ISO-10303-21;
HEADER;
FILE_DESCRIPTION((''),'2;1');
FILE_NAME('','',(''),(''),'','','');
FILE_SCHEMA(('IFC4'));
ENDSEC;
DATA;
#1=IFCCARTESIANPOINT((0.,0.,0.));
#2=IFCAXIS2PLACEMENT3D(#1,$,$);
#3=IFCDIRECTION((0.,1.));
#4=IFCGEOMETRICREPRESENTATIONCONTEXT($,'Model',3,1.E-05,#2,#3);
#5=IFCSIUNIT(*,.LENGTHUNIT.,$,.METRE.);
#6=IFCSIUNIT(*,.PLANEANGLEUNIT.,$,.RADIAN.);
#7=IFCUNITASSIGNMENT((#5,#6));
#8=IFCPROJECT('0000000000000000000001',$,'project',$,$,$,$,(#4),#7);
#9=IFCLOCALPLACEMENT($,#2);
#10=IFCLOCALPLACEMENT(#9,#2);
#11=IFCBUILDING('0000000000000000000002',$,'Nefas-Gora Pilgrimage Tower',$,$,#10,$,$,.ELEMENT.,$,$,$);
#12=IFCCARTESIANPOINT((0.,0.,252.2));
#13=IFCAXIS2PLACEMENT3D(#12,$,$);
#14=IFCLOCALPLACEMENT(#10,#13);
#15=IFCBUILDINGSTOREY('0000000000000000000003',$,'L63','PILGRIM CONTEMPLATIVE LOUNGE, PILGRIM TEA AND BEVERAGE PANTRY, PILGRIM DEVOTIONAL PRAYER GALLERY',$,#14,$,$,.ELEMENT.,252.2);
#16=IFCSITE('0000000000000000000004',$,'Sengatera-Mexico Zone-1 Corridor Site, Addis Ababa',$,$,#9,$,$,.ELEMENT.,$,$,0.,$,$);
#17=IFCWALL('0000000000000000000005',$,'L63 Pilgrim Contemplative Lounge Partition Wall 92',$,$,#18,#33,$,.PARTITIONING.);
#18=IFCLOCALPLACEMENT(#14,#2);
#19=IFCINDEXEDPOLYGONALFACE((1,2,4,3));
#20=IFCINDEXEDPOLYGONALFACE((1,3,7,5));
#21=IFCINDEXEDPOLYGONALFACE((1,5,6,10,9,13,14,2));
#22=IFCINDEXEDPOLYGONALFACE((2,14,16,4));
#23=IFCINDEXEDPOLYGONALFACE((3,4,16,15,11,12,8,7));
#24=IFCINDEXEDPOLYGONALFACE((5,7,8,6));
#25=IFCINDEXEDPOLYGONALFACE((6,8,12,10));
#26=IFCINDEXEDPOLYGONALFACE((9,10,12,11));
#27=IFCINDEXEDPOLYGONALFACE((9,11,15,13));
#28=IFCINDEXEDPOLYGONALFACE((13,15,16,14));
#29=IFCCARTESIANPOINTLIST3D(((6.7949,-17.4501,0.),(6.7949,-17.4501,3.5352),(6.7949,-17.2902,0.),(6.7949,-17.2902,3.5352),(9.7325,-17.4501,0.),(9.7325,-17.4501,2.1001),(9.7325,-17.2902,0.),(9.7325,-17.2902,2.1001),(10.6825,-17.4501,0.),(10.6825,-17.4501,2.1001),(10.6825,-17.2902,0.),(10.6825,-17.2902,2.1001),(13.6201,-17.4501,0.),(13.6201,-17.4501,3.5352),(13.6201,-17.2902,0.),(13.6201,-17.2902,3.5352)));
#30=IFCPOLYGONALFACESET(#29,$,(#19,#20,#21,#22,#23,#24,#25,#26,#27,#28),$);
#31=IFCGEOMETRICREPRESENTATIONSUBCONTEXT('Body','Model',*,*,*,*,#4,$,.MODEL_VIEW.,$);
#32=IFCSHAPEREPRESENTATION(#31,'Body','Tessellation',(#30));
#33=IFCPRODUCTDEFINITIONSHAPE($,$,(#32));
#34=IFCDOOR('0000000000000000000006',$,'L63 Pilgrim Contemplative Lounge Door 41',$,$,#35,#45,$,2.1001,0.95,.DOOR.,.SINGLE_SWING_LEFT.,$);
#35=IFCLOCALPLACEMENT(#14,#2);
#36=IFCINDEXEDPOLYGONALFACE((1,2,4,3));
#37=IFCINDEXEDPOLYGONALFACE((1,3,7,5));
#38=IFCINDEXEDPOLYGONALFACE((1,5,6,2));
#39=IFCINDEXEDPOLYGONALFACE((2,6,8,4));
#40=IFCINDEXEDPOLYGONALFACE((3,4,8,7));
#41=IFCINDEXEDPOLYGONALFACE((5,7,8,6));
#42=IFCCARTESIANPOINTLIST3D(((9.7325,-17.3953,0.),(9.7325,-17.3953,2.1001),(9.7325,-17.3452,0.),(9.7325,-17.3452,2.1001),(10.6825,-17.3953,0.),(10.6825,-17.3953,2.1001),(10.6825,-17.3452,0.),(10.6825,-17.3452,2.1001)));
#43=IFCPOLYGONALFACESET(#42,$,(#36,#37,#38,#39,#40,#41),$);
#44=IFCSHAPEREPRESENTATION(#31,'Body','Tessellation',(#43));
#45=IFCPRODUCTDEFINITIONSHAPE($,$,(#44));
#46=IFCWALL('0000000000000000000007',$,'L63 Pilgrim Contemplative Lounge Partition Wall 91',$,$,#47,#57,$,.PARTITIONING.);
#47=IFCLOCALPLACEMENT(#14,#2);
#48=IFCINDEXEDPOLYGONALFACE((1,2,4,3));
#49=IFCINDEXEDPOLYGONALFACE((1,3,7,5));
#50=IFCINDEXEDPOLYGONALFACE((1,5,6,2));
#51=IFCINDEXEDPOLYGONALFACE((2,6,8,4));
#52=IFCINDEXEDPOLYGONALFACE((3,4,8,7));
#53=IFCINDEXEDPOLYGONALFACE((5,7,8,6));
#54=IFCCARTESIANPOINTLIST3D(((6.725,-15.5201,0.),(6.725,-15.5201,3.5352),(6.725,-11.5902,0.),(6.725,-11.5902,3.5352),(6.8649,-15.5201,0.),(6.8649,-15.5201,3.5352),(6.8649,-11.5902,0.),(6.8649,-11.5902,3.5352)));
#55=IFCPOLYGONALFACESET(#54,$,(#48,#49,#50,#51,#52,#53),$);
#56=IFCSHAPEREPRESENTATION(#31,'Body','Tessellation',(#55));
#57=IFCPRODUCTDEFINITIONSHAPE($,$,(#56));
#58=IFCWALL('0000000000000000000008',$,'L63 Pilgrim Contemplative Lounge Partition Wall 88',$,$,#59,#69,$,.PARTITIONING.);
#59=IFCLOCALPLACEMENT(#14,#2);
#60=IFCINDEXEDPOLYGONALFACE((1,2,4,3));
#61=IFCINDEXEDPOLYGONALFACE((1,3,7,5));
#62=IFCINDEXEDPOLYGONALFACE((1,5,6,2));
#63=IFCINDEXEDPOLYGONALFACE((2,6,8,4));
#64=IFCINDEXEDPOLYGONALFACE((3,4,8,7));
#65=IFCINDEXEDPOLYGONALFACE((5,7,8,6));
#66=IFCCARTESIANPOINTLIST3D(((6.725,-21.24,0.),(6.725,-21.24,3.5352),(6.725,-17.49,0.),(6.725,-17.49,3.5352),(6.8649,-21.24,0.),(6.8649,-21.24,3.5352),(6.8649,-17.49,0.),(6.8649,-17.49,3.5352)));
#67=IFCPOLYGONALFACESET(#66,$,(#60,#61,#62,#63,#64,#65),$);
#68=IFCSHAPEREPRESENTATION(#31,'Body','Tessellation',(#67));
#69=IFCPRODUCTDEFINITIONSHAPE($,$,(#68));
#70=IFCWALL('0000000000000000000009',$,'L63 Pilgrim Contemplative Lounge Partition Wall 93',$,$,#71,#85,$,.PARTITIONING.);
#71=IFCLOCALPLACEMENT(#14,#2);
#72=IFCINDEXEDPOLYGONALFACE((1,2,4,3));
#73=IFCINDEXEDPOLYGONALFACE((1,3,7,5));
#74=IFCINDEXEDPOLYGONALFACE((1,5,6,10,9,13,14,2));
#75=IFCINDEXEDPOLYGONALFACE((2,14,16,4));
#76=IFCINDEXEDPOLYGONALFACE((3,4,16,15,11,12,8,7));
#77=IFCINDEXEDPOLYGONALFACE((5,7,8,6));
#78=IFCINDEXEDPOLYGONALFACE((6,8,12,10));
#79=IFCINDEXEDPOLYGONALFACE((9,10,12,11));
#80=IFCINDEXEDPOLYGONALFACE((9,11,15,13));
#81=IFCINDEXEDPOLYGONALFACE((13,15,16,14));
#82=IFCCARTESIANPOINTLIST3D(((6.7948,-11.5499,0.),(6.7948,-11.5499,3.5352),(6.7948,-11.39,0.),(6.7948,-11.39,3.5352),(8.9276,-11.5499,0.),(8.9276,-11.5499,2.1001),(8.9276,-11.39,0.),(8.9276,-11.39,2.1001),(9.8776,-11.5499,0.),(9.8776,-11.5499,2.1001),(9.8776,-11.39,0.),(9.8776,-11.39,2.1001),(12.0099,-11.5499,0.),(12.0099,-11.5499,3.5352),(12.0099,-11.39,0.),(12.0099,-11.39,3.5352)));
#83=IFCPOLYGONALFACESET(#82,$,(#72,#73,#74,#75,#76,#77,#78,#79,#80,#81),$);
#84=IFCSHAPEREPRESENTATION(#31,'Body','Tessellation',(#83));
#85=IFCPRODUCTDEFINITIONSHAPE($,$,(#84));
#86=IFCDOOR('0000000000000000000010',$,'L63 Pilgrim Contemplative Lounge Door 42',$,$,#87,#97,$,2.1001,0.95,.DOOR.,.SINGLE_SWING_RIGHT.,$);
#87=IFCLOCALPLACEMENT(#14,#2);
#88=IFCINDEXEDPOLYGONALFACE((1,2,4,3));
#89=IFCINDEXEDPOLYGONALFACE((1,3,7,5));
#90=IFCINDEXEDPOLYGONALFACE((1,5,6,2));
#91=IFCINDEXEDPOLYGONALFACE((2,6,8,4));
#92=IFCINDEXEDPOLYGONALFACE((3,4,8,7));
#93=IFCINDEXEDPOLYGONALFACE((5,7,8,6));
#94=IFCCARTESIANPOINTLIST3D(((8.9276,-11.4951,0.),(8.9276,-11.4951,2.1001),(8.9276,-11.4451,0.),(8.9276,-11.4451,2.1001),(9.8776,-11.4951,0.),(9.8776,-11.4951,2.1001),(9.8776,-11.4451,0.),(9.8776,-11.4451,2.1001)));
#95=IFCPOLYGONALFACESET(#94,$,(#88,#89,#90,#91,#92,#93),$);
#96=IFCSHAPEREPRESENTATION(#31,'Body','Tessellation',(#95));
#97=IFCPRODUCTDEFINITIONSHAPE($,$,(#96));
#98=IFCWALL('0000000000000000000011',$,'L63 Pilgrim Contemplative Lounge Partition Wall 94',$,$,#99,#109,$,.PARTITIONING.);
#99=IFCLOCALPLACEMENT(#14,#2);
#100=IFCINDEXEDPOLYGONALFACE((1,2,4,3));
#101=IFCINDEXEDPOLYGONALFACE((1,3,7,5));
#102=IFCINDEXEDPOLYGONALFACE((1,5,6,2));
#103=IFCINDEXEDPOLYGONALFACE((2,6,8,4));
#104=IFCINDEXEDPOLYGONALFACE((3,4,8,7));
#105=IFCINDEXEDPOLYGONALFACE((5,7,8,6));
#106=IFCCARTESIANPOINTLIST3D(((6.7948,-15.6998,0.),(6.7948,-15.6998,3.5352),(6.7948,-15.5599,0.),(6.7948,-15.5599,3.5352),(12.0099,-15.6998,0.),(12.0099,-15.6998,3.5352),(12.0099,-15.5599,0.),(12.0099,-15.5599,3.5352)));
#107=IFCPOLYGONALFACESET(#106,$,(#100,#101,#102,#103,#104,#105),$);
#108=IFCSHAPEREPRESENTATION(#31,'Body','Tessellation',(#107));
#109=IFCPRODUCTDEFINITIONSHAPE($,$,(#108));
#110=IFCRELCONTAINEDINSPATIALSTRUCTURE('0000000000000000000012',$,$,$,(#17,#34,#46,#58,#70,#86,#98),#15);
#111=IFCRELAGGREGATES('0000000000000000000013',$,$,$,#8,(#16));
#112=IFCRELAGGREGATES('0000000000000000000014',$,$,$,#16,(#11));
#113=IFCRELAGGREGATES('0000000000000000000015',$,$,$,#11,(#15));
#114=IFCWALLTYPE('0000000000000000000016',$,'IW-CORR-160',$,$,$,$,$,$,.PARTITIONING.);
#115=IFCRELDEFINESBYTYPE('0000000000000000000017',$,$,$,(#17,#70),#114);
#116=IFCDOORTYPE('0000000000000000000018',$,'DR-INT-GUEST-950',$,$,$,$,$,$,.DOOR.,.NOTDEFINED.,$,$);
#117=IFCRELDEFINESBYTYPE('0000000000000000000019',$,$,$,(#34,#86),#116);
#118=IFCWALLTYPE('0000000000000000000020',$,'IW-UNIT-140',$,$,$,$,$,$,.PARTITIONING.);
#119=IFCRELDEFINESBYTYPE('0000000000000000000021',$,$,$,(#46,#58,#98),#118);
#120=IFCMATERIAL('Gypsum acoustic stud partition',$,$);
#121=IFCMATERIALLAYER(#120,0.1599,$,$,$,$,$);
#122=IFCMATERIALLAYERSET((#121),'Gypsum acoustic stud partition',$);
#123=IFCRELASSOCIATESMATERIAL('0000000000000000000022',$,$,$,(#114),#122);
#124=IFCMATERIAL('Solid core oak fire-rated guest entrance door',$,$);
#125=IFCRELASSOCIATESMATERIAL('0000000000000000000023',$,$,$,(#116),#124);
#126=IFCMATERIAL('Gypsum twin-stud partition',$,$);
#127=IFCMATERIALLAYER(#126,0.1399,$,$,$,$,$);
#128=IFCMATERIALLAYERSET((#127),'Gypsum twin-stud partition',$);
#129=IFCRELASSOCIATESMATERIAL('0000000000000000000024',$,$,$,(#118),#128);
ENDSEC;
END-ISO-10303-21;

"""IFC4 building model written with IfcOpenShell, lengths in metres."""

from ifc_helpers import new_model, si_unit, direction, frame, frame_2d, origin, place, context, subcontext, project, spatial, rectangle, extrude, source, transform, mapped, material, layer, layer_set, type_object, element, fill, save


model = new_model("IFC4")

# Units and contexts
model_context = context("Model", 3, precision=1e-05, world=origin(), true_north=direction((0.0, 1.0)))
body_context = subcontext(model_context, "Body", "Model", "MODEL_VIEW")
ifc_project = project(units=[si_unit("LENGTHUNIT", "METRE"), si_unit("PLANEANGLEUNIT", "RADIAN")], contexts=[model_context])

# Site, building, storey
site_placement = place(None, origin())
site = spatial("IfcSite", under=ifc_project, at=site_placement, Name="Sengatera-Mexico Zone-1 Corridor Site, Addis Ababa", CompositionType="ELEMENT", RefElevation=0.0)
building_placement = place(site_placement, origin())
building = spatial("IfcBuilding", under=site, at=building_placement, Name="Nefas-Gora Pilgrimage Tower", CompositionType="ELEMENT")
storey_placement = place(building_placement, frame((0.0, 0.0, 252.2)))
storey = spatial("IfcBuildingStorey", under=building, at=storey_placement, Name="L63", Description="PILGRIM CONTEMPLATIVE LOUNGE, PILGRIM TEA AND BEVERAGE PANTRY, PILGRIM DEVOTIONAL PRAYER GALLERY", CompositionType="ELEMENT", Elevation=252.2)

# Wall, opening, door
ifc_material_1 = material(Name="Gypsum acoustic stud partition")
ifc_layer_1 = layer(ifc_material_1, 0.1599)
ifc_layer_set_1 = layer_set([ifc_layer_1], Name="Gypsum acoustic stud partition")
wall_type_1 = type_object("IfcWallType", Name="IW-CORR-160", PredefinedType="PARTITIONING", material=ifc_layer_set_1)
shared_shape_1 = source(origin(), body_context, "Body", "SweptSolid", [
    extrude(rectangle(XDim=6.8252, YDim=0.1599, at=frame_2d((3.4126, 0.0))), origin(), (0.0, 0.0, 1.0), 3.5352),
])
wall_1_placement = place(storey_placement, frame((6.7949, -17.3701, 0.0), z_axis=(0.0, 0.0, 1.0), x_axis=(1.0, 0.0, 0.0)))
wall_1 = element("IfcWall", 1, at=wall_1_placement, inside=storey, type_object=wall_type_1, Name="L63 Pilgrim Contemplative Lounge Partition Wall 92", PredefinedType="PARTITIONING", context=body_context, shape_type="MappedRepresentation", body=[
    mapped(shared_shape_1, transform((0.0, 0.0, 0.0), x_axis=(1.0, 0.0, 0.0), y_axis=(0.0, 1.0, 0.0), z_axis=(0.0, 0.0, 1.0), scale=1.0)),
])
opening_1_placement = place(wall_1_placement, frame((2.9375, 0.0, 0.0)))
opening_1 = element("IfcOpeningElement", 2, at=opening_1_placement, cuts=wall_1, PredefinedType="OPENING", context=body_context, shape_type="SweptSolid", body=[
    extrude(rectangle(XDim=0.95, YDim=2.1001, at=frame_2d((0.4751, 1.05))), frame((0.0, 0.0898, 0.0), z_axis=(0.0, -1.0, 0.0), x_axis=(1.0, 0.0, 0.0)), (0.0, 0.0, 1.0), 0.1799),
])
ifc_material_2 = material(Name="Solid core oak fire-rated guest entrance door")
door_type = type_object("IfcDoorType", Name="DR-INT-GUEST-950", OperationType="NOTDEFINED", PredefinedType="DOOR", material=ifc_material_2)
shared_shape_2 = source(origin(), body_context, "Body", "SweptSolid", [
    extrude(rectangle(XDim=0.95, YDim=2.1001, at=frame_2d((0.4751, 1.05))), frame((0.0, 0.0249, 0.0), z_axis=(0.0, -1.0, 0.0), x_axis=(1.0, 0.0, 0.0)), (0.0, 0.0, 1.0), 0.05),
])
door_1_placement = place(opening_1_placement, origin())
door_1 = element("IfcDoor", 3, at=door_1_placement, inside=storey, type_object=door_type, Name="L63 Pilgrim Contemplative Lounge Door 41", OperationType="SINGLE_SWING_LEFT", OverallHeight=2.1001, OverallWidth=0.95, PredefinedType="DOOR", context=body_context, shape_type="MappedRepresentation", body=[
    mapped(shared_shape_2, transform((0.0, 0.0, 0.0), x_axis=(1.0, 0.0, 0.0), y_axis=(0.0, 1.0, 0.0), z_axis=(0.0, 0.0, 1.0), scale=1.0)),
])
fill(opening_1, door_1)

# Walls
ifc_material_3 = material(Name="Gypsum twin-stud partition")
ifc_layer_2 = layer(ifc_material_3, 0.1399)
ifc_layer_set_2 = layer_set([ifc_layer_2], Name="Gypsum twin-stud partition")
wall_type_2 = type_object("IfcWallType", Name="IW-UNIT-140", PredefinedType="PARTITIONING", material=ifc_layer_set_2)
shared_shape_3 = source(origin(), body_context, "Body", "SweptSolid", [
    extrude(rectangle(XDim=3.9299, YDim=0.1399, at=frame_2d((1.9648, 0.0))), origin(), (0.0, 0.0, 1.0), 3.5352),
])
wall_2_placement = place(storey_placement, frame((6.7949, -15.52, 0.0), z_axis=(0.0, 0.0, 1.0), x_axis=(0.0, 1.0, 0.0)))
element("IfcWall", 4, at=wall_2_placement, inside=storey, type_object=wall_type_2, Name="L63 Pilgrim Contemplative Lounge Partition Wall 91", PredefinedType="PARTITIONING", context=body_context, shape_type="MappedRepresentation", body=[
    mapped(shared_shape_3, transform((0.0, 0.0, 0.0), x_axis=(1.0, 0.0, 0.0), y_axis=(0.0, 1.0, 0.0), z_axis=(0.0, 0.0, 1.0), scale=1.0)),
])
shared_shape_4 = source(origin(), body_context, "Body", "SweptSolid", [
    extrude(rectangle(XDim=3.75, YDim=0.1399, at=frame_2d((1.875, 0.0))), origin(), (0.0, 0.0, 1.0), 3.5352),
])
wall_3_placement = place(storey_placement, frame((6.7949, -21.24, 0.0), z_axis=(0.0, 0.0, 1.0), x_axis=(0.0, 1.0, 0.0)))
element("IfcWall", 5, at=wall_3_placement, inside=storey, type_object=wall_type_2, Name="L63 Pilgrim Contemplative Lounge Partition Wall 88", PredefinedType="PARTITIONING", context=body_context, shape_type="MappedRepresentation", body=[
    mapped(shared_shape_4, transform((0.0, 0.0, 0.0), x_axis=(1.0, 0.0, 0.0), y_axis=(0.0, 1.0, 0.0), z_axis=(0.0, 0.0, 1.0), scale=1.0)),
])

# Wall, opening, door
shared_shape_5 = source(origin(), body_context, "Body", "SweptSolid", [
    extrude(rectangle(XDim=5.2151, YDim=0.1599, at=frame_2d((2.6074, 0.0))), origin(), (0.0, 0.0, 1.0), 3.5352),
])
wall_4_placement = place(storey_placement, frame((6.7949, -11.47, 0.0), z_axis=(0.0, 0.0, 1.0), x_axis=(1.0, 0.0, 0.0)))
wall_4 = element("IfcWall", 6, at=wall_4_placement, inside=storey, type_object=wall_type_1, Name="L63 Pilgrim Contemplative Lounge Partition Wall 93", PredefinedType="PARTITIONING", context=body_context, shape_type="MappedRepresentation", body=[
    mapped(shared_shape_5, transform((0.0, 0.0, 0.0), x_axis=(1.0, 0.0, 0.0), y_axis=(0.0, 1.0, 0.0), z_axis=(0.0, 0.0, 1.0), scale=1.0)),
])
opening_2_placement = place(wall_4_placement, frame((2.1326, 0.0, 0.0)))
opening_2 = element("IfcOpeningElement", 7, at=opening_2_placement, cuts=wall_4, PredefinedType="OPENING", context=body_context, shape_type="SweptSolid", body=[
    extrude(rectangle(XDim=0.95, YDim=2.1001, at=frame_2d((0.4751, 1.05))), frame((0.0, 0.0898, 0.0), z_axis=(0.0, -1.0, 0.0), x_axis=(1.0, 0.0, 0.0)), (0.0, 0.0, 1.0), 0.1799),
])
door_2_placement = place(opening_2_placement, origin())
door_2 = element("IfcDoor", 8, at=door_2_placement, inside=storey, type_object=door_type, Name="L63 Pilgrim Contemplative Lounge Door 42", OperationType="SINGLE_SWING_RIGHT", OverallHeight=2.1001, OverallWidth=0.95, PredefinedType="DOOR", context=body_context, shape_type="MappedRepresentation", body=[
    mapped(shared_shape_2, transform((0.0, 0.0, 0.0), x_axis=(1.0, 0.0, 0.0), y_axis=(0.0, 1.0, 0.0), z_axis=(0.0, 0.0, 1.0), scale=1.0)),
])
fill(opening_2, door_2)

# Wall
shared_shape_6 = source(origin(), body_context, "Body", "SweptSolid", [
    extrude(rectangle(XDim=5.2151, YDim=0.1399, at=frame_2d((2.6074, 0.0))), origin(), (0.0, 0.0, 1.0), 3.5352),
])
wall_5_placement = place(storey_placement, frame((6.7949, -15.6299, 0.0), z_axis=(0.0, 0.0, 1.0), x_axis=(1.0, 0.0, 0.0)))
element("IfcWall", 9, at=wall_5_placement, inside=storey, type_object=wall_type_2, Name="L63 Pilgrim Contemplative Lounge Partition Wall 94", PredefinedType="PARTITIONING", context=body_context, shape_type="MappedRepresentation", body=[
    mapped(shared_shape_6, transform((0.0, 0.0, 0.0), x_axis=(1.0, 0.0, 0.0), y_axis=(0.0, 1.0, 0.0), z_axis=(0.0, 0.0, 1.0), scale=1.0)),
])

save(model, "model.ifc")
